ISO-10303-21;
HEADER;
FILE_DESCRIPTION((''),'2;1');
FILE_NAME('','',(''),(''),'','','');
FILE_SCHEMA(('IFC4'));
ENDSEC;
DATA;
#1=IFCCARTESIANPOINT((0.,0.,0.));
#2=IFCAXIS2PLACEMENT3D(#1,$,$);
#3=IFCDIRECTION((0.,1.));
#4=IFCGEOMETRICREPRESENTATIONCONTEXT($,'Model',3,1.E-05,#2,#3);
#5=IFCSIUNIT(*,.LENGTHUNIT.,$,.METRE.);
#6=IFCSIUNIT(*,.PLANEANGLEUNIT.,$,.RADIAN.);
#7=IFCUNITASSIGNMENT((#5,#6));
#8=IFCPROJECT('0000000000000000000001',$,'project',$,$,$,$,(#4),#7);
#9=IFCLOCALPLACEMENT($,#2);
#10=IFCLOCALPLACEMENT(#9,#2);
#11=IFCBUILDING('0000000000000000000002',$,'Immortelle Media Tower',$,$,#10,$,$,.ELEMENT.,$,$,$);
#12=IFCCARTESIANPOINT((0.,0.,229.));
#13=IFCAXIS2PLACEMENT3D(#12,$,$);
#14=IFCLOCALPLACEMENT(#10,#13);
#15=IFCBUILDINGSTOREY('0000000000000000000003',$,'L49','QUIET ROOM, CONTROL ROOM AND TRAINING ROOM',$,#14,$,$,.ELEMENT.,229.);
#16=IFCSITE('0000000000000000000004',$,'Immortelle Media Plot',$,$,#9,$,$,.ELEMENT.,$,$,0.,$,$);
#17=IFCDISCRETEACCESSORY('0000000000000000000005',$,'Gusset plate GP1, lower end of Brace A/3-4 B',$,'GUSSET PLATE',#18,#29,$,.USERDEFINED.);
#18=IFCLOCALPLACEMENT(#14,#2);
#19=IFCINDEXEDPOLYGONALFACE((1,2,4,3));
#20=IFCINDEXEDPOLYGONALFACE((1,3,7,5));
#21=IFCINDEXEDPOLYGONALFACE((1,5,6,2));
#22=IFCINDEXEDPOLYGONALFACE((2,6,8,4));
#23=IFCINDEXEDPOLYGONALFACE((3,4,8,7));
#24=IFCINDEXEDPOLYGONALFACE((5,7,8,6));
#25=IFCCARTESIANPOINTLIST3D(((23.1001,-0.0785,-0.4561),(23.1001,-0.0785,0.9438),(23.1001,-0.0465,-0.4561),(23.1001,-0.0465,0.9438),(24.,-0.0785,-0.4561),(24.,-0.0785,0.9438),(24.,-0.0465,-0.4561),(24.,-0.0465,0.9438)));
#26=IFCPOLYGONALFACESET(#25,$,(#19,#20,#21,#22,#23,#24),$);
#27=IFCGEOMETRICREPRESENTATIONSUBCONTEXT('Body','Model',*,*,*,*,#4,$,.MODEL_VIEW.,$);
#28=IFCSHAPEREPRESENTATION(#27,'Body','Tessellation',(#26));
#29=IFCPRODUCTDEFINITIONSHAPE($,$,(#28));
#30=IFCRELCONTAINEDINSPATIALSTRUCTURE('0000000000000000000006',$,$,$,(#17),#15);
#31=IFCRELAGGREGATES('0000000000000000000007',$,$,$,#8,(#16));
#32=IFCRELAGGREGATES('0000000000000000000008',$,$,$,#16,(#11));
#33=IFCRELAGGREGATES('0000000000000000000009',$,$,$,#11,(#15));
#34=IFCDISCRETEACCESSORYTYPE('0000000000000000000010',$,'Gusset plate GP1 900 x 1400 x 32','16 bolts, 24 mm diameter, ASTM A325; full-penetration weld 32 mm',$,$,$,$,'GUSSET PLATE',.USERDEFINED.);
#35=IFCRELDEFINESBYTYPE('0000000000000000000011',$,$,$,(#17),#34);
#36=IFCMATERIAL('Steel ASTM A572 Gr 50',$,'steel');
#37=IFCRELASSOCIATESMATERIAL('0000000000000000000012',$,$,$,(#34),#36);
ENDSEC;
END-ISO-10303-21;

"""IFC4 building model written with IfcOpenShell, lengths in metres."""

from ifc_helpers import new_model, si_unit, direction, frame, origin, origin_2d, place, context, subcontext, project, spatial, rectangle, extrude, material, material_profile, profile_set, type_object, element, save


model = new_model("IFC4")

# Units and contexts
model_context = context("Model", 3, precision=1e-05, world=origin(), true_north=direction((0.0, 1.0)))
body_context = subcontext(model_context, "Body", "Model", "MODEL_VIEW")
ifc_project = project(units=[si_unit("LENGTHUNIT", "METRE"), si_unit("PLANEANGLEUNIT", "RADIAN")], contexts=[model_context])

# Site, building, storey
site_placement = place(None, origin())
site = spatial("IfcSite", under=ifc_project, at=site_placement, Name="Immortelle Media Plot", CompositionType="ELEMENT", RefElevation=0.0)
building_placement = place(site_placement, origin())
building = spatial("IfcBuilding", under=site, at=building_placement, Name="Immortelle Media Tower", CompositionType="ELEMENT")
storey_placement = place(building_placement, frame((0.0, 0.0, 229.0)))
storey = spatial("IfcBuildingStorey", under=building, at=storey_placement, Name="L49", Description="QUIET ROOM, CONTROL ROOM AND TRAINING ROOM", CompositionType="ELEMENT", Elevation=229.0)

# Discrete accessory
ifc_material_1 = material(Name="Steel ASTM A572 Gr 50", Category="steel")
ifc_material_profile_1 = material_profile(ifc_material_1, rectangle(XDim=0.032, YDim=1.3999, at=origin_2d()), Name="PL 32 x 1400")
ifc_profile_set_1 = profile_set([ifc_material_profile_1], Name="Steel ASTM A572 Gr 50")
discrete_accessory_type = type_object("IfcDiscreteAccessoryType", Name="Gusset plate GP1 900 x 1400 x 32", Description="16 bolts, 24 mm diameter, ASTM A325; full-penetration weld 32 mm", ElementType="GUSSET PLATE", PredefinedType="USERDEFINED", material=ifc_profile_set_1)
for number, where, z_axis, x_axis, name in (
    (1, (24.0, -0.0625, 0.2439), (-1.0, 0.0, 0.0), (0.0, -1.0, 0.0), "Gusset plate GP1, lower end of Brace A/3-4 B"),
):
    element("IfcDiscreteAccessory", number, at=place(storey_placement, frame(where, z_axis=z_axis, x_axis=x_axis)), inside=storey, type_object=discrete_accessory_type, Name=name, ObjectType="GUSSET PLATE", PredefinedType="USERDEFINED", context=body_context, shape_type="SweptSolid", body=[
        extrude(rectangle(XDim=0.032, YDim=1.3999, at=origin_2d()), origin(), (0.0, 0.0, 1.0), 0.8999),
    ])

save(model, "model.ifc")
